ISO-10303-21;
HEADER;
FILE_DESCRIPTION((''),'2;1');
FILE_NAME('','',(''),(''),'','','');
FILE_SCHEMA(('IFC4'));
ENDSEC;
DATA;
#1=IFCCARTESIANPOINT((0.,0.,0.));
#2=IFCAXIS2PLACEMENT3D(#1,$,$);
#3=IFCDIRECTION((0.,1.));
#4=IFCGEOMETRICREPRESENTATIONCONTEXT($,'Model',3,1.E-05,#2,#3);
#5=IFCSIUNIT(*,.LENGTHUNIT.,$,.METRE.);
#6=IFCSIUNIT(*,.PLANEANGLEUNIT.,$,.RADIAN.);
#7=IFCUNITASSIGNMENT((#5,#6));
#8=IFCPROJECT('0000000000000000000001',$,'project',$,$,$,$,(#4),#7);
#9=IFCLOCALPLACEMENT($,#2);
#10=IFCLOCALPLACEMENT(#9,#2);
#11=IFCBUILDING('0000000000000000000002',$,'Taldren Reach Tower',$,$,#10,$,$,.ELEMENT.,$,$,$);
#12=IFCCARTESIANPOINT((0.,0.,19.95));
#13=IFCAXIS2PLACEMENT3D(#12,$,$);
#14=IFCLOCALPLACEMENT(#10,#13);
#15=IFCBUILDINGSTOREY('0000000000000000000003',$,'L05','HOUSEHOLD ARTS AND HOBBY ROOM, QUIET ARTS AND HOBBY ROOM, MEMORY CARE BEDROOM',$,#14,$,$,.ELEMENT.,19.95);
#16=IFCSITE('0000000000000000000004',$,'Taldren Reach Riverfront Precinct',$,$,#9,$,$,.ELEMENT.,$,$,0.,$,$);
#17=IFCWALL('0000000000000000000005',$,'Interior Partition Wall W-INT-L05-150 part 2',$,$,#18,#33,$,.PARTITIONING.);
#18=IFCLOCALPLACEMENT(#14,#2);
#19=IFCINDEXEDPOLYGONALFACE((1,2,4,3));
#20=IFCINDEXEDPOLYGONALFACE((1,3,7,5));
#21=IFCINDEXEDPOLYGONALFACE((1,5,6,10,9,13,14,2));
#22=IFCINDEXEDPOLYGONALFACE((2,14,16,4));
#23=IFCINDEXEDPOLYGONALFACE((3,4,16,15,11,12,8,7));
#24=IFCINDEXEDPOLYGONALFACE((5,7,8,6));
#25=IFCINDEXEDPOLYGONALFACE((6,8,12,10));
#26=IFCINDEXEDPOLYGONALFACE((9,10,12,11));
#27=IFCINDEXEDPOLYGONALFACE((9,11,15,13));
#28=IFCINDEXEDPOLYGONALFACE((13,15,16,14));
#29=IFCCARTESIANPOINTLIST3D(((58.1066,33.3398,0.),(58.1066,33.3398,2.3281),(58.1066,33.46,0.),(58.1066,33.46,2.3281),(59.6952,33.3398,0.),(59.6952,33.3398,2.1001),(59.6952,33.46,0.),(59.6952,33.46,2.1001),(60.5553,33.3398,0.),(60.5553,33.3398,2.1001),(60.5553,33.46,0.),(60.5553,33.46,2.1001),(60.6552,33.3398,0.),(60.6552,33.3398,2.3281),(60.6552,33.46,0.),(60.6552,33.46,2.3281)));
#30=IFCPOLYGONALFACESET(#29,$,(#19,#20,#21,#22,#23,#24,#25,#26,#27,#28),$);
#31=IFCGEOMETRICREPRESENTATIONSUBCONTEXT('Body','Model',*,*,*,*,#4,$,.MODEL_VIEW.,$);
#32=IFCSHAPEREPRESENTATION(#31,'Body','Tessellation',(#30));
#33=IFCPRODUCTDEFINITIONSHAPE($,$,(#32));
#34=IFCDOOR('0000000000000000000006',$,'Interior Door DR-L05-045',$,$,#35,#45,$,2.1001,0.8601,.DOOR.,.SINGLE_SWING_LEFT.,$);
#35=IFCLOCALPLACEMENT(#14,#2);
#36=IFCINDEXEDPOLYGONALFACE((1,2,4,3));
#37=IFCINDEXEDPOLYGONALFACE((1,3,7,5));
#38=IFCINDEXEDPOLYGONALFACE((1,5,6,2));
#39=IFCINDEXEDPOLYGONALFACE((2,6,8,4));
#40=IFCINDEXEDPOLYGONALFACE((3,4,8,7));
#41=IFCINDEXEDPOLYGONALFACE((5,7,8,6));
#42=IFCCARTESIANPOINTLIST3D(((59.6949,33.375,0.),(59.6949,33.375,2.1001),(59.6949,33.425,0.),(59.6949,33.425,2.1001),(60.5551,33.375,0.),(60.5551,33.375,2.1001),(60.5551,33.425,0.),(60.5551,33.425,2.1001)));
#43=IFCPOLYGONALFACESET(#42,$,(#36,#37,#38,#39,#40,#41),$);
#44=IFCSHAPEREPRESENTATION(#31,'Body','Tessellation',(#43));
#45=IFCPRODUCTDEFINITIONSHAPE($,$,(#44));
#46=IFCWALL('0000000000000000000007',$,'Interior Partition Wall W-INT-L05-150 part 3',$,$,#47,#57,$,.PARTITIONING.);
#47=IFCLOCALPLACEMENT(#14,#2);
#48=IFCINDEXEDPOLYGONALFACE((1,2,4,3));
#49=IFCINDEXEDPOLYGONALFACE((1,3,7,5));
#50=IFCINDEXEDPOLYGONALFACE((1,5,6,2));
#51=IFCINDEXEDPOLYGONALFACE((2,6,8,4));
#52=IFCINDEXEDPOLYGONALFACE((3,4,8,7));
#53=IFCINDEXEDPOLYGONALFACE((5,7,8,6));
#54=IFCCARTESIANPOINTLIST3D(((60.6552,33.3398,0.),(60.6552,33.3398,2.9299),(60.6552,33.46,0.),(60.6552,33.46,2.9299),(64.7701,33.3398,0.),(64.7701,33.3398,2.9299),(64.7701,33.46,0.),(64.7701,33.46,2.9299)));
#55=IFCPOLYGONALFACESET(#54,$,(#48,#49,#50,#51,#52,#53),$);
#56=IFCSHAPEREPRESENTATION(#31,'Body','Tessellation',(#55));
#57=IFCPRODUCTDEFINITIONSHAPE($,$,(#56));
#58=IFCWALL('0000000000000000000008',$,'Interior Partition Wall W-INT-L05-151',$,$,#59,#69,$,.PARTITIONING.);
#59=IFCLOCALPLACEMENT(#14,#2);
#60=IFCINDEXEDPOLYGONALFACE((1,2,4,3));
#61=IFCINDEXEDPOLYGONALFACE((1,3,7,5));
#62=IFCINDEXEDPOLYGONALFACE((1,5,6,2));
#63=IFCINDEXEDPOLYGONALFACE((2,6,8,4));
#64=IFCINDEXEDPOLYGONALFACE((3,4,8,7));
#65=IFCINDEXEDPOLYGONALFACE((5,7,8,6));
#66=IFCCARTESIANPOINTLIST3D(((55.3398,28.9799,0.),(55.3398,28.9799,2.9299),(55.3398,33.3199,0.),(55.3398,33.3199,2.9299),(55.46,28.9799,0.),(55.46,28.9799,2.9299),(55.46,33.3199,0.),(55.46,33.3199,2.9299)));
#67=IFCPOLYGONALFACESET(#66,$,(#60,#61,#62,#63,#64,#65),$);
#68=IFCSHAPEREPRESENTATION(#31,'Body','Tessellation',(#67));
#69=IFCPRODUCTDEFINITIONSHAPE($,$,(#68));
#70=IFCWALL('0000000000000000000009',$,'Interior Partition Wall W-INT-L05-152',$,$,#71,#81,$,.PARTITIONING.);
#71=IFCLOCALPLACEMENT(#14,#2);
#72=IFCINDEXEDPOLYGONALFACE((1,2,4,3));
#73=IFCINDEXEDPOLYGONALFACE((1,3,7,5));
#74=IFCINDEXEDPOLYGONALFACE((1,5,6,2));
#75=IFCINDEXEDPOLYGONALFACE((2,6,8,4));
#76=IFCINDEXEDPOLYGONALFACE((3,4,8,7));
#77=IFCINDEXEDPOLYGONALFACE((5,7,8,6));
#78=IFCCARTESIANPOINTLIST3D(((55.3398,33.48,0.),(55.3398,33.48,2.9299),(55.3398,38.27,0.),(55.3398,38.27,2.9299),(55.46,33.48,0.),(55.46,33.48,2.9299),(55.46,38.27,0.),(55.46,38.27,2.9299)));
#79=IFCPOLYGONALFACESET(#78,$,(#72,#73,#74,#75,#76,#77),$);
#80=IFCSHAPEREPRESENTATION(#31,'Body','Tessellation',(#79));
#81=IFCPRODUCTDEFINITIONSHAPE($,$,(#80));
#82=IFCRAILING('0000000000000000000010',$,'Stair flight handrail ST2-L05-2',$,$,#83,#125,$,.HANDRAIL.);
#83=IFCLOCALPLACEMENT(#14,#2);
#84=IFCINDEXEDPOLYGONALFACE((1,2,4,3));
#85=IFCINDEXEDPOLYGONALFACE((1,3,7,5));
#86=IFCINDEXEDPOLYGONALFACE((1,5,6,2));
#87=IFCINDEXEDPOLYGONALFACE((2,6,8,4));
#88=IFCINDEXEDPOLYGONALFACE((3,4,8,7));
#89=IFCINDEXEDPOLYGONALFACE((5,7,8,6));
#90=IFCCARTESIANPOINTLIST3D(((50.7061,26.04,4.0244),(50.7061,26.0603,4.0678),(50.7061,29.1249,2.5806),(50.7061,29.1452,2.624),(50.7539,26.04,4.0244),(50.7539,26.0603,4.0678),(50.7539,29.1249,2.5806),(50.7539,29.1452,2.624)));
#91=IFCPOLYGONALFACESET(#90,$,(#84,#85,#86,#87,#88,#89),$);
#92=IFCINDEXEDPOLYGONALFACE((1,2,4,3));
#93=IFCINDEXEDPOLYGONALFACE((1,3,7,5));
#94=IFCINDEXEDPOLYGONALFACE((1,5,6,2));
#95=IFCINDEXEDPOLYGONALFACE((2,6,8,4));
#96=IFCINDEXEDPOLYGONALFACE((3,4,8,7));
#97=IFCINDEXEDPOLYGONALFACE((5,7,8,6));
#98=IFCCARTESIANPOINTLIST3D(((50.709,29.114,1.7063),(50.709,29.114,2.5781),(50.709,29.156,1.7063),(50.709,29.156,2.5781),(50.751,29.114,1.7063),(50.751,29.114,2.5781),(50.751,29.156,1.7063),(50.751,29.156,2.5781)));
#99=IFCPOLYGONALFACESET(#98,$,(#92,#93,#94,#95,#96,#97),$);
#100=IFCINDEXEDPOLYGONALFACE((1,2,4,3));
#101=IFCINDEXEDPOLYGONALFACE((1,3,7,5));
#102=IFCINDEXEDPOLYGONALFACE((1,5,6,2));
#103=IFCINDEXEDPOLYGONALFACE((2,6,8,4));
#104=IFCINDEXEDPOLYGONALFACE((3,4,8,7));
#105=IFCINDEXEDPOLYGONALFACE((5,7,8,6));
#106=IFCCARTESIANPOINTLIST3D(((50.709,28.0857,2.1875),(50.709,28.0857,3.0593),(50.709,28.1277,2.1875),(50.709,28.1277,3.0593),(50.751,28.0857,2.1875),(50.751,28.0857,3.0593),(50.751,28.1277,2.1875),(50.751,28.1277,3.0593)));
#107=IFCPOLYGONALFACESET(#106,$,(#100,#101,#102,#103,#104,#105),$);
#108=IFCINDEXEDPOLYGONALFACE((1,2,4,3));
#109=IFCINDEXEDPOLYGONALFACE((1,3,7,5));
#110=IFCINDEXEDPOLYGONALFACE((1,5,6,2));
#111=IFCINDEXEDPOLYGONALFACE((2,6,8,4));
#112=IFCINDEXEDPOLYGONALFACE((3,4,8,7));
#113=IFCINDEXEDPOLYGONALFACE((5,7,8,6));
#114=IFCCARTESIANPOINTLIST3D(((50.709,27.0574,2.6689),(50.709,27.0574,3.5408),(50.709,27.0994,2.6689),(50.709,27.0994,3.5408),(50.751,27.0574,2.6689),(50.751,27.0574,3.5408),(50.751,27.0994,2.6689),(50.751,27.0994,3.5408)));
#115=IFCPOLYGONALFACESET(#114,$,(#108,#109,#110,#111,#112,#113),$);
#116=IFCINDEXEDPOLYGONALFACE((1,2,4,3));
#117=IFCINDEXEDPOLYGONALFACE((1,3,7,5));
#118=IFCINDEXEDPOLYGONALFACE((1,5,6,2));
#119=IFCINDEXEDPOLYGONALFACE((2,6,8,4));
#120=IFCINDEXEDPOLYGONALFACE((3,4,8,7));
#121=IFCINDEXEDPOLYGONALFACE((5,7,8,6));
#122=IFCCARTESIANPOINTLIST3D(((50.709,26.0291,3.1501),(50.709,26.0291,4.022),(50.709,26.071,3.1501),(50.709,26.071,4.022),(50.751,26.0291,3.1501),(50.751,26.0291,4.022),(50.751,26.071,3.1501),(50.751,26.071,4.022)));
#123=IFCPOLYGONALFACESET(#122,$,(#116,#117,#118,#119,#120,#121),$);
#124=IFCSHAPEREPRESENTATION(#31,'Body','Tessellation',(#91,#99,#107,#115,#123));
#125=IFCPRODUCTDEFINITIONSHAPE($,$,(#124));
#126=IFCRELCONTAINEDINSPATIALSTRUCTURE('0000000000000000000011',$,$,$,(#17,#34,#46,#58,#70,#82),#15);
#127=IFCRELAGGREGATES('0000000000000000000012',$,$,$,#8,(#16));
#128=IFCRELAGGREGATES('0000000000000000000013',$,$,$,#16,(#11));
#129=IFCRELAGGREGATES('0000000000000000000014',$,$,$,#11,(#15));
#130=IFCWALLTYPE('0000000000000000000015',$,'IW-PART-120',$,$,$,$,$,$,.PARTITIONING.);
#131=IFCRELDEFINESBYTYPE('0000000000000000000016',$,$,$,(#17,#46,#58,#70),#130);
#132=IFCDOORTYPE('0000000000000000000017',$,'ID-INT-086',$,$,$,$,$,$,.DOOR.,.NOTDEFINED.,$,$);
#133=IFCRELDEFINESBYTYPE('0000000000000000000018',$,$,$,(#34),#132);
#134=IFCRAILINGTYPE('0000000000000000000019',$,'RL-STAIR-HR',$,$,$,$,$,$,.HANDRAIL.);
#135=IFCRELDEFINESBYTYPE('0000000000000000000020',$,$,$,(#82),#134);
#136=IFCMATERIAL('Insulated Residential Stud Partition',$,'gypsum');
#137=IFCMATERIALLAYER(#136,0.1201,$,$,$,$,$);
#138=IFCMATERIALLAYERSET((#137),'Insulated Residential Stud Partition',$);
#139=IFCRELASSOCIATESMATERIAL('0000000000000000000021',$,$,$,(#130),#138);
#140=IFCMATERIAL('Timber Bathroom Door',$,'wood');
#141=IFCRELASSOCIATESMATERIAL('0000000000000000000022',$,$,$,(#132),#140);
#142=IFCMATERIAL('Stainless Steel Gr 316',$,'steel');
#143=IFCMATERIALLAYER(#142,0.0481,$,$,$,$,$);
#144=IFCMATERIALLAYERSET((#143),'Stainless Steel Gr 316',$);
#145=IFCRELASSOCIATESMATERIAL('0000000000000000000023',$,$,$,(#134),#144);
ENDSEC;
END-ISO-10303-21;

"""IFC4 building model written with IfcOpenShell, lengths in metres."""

from ifc_helpers import new_model, si_unit, direction, frame, frame_2d, origin, origin_2d, place, context, subcontext, project, spatial, rectangle, extrude, source, transform, mapped, material, layer, layer_set, type_object, element, fill, save


model = new_model("IFC4")

# Units and contexts
model_context = context("Model", 3, precision=1e-05, world=origin(), true_north=direction((0.0, 1.0)))
body_context = subcontext(model_context, "Body", "Model", "MODEL_VIEW")
ifc_project = project(units=[si_unit("LENGTHUNIT", "METRE"), si_unit("PLANEANGLEUNIT", "RADIAN")], contexts=[model_context])

# Site, building, storey
site_placement = place(None, origin())
site = spatial("IfcSite", under=ifc_project, at=site_placement, Name="Taldren Reach Riverfront Precinct", CompositionType="ELEMENT", RefElevation=0.0)
building_placement = place(site_placement, origin())
building = spatial("IfcBuilding", under=site, at=building_placement, Name="Taldren Reach Tower", CompositionType="ELEMENT")
storey_placement = place(building_placement, frame((0.0, 0.0, 19.95)))
storey = spatial("IfcBuildingStorey", under=building, at=storey_placement, Name="L05", Description="HOUSEHOLD ARTS AND HOBBY ROOM, QUIET ARTS AND HOBBY ROOM, MEMORY CARE BEDROOM", CompositionType="ELEMENT", Elevation=19.95)

# Shared definitions
ifc_material_1 = material(Name="Insulated Residential Stud Partition", Category="gypsum")
ifc_layer_1 = layer(ifc_material_1, 0.1201)
ifc_layer_set_1 = layer_set([ifc_layer_1], Name="Insulated Residential Stud Partition")
wall_type_1 = type_object("IfcWallType", Name="IW-PART-120", PredefinedType="PARTITIONING", material=ifc_layer_set_1)
shared_shape_1 = source(origin(), body_context, "Body", "SweptSolid", [
    extrude(rectangle(XDim=0.8601, YDim=2.1001, at=frame_2d((0.4302, 1.05))), frame((0.0, 0.0701, 0.0), z_axis=(0.0, -1.0, 0.0), x_axis=(1.0, 0.0, 0.0)), (0.0, 0.0, 1.0), 0.1401),
])
ifc_material_2 = material(Name="Timber Bathroom Door", Category="wood")
door_type_1 = type_object("IfcDoorType", Name="ID-INT-086", OperationType="NOTDEFINED", PredefinedType="DOOR", material=ifc_material_2)
shared_shape_2 = source(origin(), body_context, "Body", "SweptSolid", [
    extrude(rectangle(XDim=0.8601, YDim=2.1001, at=frame_2d((0.4302, 1.05))), frame((0.0, 0.0249, 0.0), z_axis=(0.0, -1.0, 0.0), x_axis=(1.0, 0.0, 0.0)), (0.0, 0.0, 1.0), 0.05),
])

# Wall, opening, door
shared_shape_3 = source(origin(), body_context, "Body", "SweptSolid", [
    extrude(rectangle(XDim=2.5486, YDim=0.1201, at=frame_2d((1.2744, 0.0))), origin(), (0.0, 0.0, 1.0), 2.3281),
])
wall_1_placement = place(storey_placement, frame((58.1064, 33.3999, 0.0), z_axis=(0.0, 0.0, 1.0), x_axis=(1.0, 0.0, 0.0)))
wall_1 = element("IfcWall", 1, at=wall_1_placement, inside=storey, type_object=wall_type_1, Name="Interior Partition Wall W-INT-L05-150 part 2", PredefinedType="PARTITIONING", context=body_context, shape_type="MappedRepresentation", body=[
    mapped(shared_shape_3, transform((0.0, 0.0, 0.0), scale=1.0)),
])
opening_1_placement = place(wall_1_placement, frame((1.5886, 0.0, 0.0)))
opening_1 = element("IfcOpeningElement", 2, at=opening_1_placement, cuts=wall_1, PredefinedType="OPENING", context=body_context, shape_type="MappedRepresentation", body=[
    mapped(shared_shape_1, transform((0.0, 0.0, 0.0), scale=1.0)),
])
door_1_placement = place(opening_1_placement, frame((0.8601, 0.0, 0.0), z_axis=(0.0, 0.0, 1.0), x_axis=(-1.0, 0.0, 0.0)))
door_1 = element("IfcDoor", 3, at=door_1_placement, inside=storey, type_object=door_type_1, Name="Interior Door DR-L05-045", OperationType="SINGLE_SWING_LEFT", OverallHeight=2.1001, OverallWidth=0.8601, PredefinedType="DOOR", context=body_context, shape_type="MappedRepresentation", body=[
    mapped(shared_shape_2, transform((0.0, 0.0, 0.0), scale=1.0)),
])
fill(opening_1, door_1)

# Walls
shared_shape_4 = source(origin(), body_context, "Body", "SweptSolid", [
    extrude(rectangle(XDim=4.115, YDim=0.1201, at=frame_2d((2.0576, 0.0))), origin(), (0.0, 0.0, 1.0), 2.9299),
])
wall_2_placement = place(storey_placement, frame((60.655, 33.3999, 0.0), z_axis=(0.0, 0.0, 1.0), x_axis=(1.0, 0.0, 0.0)))
element("IfcWall", 4, at=wall_2_placement, inside=storey, type_object=wall_type_1, Name="Interior Partition Wall W-INT-L05-150 part 3", PredefinedType="PARTITIONING", context=body_context, shape_type="MappedRepresentation", body=[
    mapped(shared_shape_4, transform((0.0, 0.0, 0.0), scale=1.0)),
])
shared_shape_5 = source(origin(), body_context, "Body", "SweptSolid", [
    extrude(rectangle(XDim=4.3401, YDim=0.1201, at=frame_2d((2.1699, 0.0))), origin(), (0.0, 0.0, 1.0), 2.9299),
])
wall_3_placement = place(storey_placement, frame((55.3999, 28.98, 0.0), z_axis=(0.0, 0.0, 1.0), x_axis=(0.0, 1.0, 0.0)))
element("IfcWall", 5, at=wall_3_placement, inside=storey, type_object=wall_type_1, Name="Interior Partition Wall W-INT-L05-151", PredefinedType="PARTITIONING", context=body_context, shape_type="MappedRepresentation", body=[
    mapped(shared_shape_5, transform((0.0, 0.0, 0.0), scale=1.0)),
])
shared_shape_6 = source(origin(), body_context, "Body", "SweptSolid", [
    extrude(rectangle(XDim=4.79, YDim=0.1201, at=frame_2d((2.395, 0.0))), origin(), (0.0, 0.0, 1.0), 2.9299),
])
wall_4_placement = place(storey_placement, frame((55.3999, 33.48, 0.0), z_axis=(0.0, 0.0, 1.0), x_axis=(0.0, 1.0, 0.0)))
element("IfcWall", 6, at=wall_4_placement, inside=storey, type_object=wall_type_1, Name="Interior Partition Wall W-INT-L05-152", PredefinedType="PARTITIONING", context=body_context, shape_type="MappedRepresentation", body=[
    mapped(shared_shape_6, transform((0.0, 0.0, 0.0), scale=1.0)),
])

# Railing
ifc_material_3 = material(Name="Stainless Steel Gr 316", Category="steel")
ifc_layer_2 = layer(ifc_material_3, 0.0481)
ifc_layer_set_2 = layer_set([ifc_layer_2], Name="Stainless Steel Gr 316")
railing_type = type_object("IfcRailingType", Name="RL-STAIR-HR", PredefinedType="HANDRAIL", material=ifc_layer_set_2)
railing_placement = place(storey_placement, frame((50.73, 29.135, 1.7063)))
element("IfcRailing", 7, at=railing_placement, inside=storey, type_object=railing_type, Name="Stair flight handrail ST2-L05-2", PredefinedType="HANDRAIL", context=body_context, shape_type="SweptSolid", body=[
    extrude(rectangle(XDim=0.0479, YDim=0.0479, at=origin_2d()), frame((0.0, 0.0, 0.896), z_axis=(0.0, -0.90571, 0.423898), x_axis=(1.0, 0.0, 0.0)), (0.0, 0.0, 1.0), 3.406),
    extrude(rectangle(XDim=0.042, YDim=0.042, at=origin_2d()), origin(), (0.0, 0.0, 1.0), 0.8718),
    extrude(rectangle(XDim=0.042, YDim=0.042, at=origin_2d()), frame((0.0, -1.0283, 0.4812)), (0.0, 0.0, 1.0), 0.8718),
    extrude(rectangle(XDim=0.042, YDim=0.042, at=origin_2d()), frame((0.0, -2.0566, 0.9626)), (0.0, 0.0, 1.0), 0.8718),
    extrude(rectangle(XDim=0.042, YDim=0.042, at=origin_2d()), frame((0.0, -3.085, 1.4438)), (0.0, 0.0, 1.0), 0.8718),
])

save(model, "model.ifc")
